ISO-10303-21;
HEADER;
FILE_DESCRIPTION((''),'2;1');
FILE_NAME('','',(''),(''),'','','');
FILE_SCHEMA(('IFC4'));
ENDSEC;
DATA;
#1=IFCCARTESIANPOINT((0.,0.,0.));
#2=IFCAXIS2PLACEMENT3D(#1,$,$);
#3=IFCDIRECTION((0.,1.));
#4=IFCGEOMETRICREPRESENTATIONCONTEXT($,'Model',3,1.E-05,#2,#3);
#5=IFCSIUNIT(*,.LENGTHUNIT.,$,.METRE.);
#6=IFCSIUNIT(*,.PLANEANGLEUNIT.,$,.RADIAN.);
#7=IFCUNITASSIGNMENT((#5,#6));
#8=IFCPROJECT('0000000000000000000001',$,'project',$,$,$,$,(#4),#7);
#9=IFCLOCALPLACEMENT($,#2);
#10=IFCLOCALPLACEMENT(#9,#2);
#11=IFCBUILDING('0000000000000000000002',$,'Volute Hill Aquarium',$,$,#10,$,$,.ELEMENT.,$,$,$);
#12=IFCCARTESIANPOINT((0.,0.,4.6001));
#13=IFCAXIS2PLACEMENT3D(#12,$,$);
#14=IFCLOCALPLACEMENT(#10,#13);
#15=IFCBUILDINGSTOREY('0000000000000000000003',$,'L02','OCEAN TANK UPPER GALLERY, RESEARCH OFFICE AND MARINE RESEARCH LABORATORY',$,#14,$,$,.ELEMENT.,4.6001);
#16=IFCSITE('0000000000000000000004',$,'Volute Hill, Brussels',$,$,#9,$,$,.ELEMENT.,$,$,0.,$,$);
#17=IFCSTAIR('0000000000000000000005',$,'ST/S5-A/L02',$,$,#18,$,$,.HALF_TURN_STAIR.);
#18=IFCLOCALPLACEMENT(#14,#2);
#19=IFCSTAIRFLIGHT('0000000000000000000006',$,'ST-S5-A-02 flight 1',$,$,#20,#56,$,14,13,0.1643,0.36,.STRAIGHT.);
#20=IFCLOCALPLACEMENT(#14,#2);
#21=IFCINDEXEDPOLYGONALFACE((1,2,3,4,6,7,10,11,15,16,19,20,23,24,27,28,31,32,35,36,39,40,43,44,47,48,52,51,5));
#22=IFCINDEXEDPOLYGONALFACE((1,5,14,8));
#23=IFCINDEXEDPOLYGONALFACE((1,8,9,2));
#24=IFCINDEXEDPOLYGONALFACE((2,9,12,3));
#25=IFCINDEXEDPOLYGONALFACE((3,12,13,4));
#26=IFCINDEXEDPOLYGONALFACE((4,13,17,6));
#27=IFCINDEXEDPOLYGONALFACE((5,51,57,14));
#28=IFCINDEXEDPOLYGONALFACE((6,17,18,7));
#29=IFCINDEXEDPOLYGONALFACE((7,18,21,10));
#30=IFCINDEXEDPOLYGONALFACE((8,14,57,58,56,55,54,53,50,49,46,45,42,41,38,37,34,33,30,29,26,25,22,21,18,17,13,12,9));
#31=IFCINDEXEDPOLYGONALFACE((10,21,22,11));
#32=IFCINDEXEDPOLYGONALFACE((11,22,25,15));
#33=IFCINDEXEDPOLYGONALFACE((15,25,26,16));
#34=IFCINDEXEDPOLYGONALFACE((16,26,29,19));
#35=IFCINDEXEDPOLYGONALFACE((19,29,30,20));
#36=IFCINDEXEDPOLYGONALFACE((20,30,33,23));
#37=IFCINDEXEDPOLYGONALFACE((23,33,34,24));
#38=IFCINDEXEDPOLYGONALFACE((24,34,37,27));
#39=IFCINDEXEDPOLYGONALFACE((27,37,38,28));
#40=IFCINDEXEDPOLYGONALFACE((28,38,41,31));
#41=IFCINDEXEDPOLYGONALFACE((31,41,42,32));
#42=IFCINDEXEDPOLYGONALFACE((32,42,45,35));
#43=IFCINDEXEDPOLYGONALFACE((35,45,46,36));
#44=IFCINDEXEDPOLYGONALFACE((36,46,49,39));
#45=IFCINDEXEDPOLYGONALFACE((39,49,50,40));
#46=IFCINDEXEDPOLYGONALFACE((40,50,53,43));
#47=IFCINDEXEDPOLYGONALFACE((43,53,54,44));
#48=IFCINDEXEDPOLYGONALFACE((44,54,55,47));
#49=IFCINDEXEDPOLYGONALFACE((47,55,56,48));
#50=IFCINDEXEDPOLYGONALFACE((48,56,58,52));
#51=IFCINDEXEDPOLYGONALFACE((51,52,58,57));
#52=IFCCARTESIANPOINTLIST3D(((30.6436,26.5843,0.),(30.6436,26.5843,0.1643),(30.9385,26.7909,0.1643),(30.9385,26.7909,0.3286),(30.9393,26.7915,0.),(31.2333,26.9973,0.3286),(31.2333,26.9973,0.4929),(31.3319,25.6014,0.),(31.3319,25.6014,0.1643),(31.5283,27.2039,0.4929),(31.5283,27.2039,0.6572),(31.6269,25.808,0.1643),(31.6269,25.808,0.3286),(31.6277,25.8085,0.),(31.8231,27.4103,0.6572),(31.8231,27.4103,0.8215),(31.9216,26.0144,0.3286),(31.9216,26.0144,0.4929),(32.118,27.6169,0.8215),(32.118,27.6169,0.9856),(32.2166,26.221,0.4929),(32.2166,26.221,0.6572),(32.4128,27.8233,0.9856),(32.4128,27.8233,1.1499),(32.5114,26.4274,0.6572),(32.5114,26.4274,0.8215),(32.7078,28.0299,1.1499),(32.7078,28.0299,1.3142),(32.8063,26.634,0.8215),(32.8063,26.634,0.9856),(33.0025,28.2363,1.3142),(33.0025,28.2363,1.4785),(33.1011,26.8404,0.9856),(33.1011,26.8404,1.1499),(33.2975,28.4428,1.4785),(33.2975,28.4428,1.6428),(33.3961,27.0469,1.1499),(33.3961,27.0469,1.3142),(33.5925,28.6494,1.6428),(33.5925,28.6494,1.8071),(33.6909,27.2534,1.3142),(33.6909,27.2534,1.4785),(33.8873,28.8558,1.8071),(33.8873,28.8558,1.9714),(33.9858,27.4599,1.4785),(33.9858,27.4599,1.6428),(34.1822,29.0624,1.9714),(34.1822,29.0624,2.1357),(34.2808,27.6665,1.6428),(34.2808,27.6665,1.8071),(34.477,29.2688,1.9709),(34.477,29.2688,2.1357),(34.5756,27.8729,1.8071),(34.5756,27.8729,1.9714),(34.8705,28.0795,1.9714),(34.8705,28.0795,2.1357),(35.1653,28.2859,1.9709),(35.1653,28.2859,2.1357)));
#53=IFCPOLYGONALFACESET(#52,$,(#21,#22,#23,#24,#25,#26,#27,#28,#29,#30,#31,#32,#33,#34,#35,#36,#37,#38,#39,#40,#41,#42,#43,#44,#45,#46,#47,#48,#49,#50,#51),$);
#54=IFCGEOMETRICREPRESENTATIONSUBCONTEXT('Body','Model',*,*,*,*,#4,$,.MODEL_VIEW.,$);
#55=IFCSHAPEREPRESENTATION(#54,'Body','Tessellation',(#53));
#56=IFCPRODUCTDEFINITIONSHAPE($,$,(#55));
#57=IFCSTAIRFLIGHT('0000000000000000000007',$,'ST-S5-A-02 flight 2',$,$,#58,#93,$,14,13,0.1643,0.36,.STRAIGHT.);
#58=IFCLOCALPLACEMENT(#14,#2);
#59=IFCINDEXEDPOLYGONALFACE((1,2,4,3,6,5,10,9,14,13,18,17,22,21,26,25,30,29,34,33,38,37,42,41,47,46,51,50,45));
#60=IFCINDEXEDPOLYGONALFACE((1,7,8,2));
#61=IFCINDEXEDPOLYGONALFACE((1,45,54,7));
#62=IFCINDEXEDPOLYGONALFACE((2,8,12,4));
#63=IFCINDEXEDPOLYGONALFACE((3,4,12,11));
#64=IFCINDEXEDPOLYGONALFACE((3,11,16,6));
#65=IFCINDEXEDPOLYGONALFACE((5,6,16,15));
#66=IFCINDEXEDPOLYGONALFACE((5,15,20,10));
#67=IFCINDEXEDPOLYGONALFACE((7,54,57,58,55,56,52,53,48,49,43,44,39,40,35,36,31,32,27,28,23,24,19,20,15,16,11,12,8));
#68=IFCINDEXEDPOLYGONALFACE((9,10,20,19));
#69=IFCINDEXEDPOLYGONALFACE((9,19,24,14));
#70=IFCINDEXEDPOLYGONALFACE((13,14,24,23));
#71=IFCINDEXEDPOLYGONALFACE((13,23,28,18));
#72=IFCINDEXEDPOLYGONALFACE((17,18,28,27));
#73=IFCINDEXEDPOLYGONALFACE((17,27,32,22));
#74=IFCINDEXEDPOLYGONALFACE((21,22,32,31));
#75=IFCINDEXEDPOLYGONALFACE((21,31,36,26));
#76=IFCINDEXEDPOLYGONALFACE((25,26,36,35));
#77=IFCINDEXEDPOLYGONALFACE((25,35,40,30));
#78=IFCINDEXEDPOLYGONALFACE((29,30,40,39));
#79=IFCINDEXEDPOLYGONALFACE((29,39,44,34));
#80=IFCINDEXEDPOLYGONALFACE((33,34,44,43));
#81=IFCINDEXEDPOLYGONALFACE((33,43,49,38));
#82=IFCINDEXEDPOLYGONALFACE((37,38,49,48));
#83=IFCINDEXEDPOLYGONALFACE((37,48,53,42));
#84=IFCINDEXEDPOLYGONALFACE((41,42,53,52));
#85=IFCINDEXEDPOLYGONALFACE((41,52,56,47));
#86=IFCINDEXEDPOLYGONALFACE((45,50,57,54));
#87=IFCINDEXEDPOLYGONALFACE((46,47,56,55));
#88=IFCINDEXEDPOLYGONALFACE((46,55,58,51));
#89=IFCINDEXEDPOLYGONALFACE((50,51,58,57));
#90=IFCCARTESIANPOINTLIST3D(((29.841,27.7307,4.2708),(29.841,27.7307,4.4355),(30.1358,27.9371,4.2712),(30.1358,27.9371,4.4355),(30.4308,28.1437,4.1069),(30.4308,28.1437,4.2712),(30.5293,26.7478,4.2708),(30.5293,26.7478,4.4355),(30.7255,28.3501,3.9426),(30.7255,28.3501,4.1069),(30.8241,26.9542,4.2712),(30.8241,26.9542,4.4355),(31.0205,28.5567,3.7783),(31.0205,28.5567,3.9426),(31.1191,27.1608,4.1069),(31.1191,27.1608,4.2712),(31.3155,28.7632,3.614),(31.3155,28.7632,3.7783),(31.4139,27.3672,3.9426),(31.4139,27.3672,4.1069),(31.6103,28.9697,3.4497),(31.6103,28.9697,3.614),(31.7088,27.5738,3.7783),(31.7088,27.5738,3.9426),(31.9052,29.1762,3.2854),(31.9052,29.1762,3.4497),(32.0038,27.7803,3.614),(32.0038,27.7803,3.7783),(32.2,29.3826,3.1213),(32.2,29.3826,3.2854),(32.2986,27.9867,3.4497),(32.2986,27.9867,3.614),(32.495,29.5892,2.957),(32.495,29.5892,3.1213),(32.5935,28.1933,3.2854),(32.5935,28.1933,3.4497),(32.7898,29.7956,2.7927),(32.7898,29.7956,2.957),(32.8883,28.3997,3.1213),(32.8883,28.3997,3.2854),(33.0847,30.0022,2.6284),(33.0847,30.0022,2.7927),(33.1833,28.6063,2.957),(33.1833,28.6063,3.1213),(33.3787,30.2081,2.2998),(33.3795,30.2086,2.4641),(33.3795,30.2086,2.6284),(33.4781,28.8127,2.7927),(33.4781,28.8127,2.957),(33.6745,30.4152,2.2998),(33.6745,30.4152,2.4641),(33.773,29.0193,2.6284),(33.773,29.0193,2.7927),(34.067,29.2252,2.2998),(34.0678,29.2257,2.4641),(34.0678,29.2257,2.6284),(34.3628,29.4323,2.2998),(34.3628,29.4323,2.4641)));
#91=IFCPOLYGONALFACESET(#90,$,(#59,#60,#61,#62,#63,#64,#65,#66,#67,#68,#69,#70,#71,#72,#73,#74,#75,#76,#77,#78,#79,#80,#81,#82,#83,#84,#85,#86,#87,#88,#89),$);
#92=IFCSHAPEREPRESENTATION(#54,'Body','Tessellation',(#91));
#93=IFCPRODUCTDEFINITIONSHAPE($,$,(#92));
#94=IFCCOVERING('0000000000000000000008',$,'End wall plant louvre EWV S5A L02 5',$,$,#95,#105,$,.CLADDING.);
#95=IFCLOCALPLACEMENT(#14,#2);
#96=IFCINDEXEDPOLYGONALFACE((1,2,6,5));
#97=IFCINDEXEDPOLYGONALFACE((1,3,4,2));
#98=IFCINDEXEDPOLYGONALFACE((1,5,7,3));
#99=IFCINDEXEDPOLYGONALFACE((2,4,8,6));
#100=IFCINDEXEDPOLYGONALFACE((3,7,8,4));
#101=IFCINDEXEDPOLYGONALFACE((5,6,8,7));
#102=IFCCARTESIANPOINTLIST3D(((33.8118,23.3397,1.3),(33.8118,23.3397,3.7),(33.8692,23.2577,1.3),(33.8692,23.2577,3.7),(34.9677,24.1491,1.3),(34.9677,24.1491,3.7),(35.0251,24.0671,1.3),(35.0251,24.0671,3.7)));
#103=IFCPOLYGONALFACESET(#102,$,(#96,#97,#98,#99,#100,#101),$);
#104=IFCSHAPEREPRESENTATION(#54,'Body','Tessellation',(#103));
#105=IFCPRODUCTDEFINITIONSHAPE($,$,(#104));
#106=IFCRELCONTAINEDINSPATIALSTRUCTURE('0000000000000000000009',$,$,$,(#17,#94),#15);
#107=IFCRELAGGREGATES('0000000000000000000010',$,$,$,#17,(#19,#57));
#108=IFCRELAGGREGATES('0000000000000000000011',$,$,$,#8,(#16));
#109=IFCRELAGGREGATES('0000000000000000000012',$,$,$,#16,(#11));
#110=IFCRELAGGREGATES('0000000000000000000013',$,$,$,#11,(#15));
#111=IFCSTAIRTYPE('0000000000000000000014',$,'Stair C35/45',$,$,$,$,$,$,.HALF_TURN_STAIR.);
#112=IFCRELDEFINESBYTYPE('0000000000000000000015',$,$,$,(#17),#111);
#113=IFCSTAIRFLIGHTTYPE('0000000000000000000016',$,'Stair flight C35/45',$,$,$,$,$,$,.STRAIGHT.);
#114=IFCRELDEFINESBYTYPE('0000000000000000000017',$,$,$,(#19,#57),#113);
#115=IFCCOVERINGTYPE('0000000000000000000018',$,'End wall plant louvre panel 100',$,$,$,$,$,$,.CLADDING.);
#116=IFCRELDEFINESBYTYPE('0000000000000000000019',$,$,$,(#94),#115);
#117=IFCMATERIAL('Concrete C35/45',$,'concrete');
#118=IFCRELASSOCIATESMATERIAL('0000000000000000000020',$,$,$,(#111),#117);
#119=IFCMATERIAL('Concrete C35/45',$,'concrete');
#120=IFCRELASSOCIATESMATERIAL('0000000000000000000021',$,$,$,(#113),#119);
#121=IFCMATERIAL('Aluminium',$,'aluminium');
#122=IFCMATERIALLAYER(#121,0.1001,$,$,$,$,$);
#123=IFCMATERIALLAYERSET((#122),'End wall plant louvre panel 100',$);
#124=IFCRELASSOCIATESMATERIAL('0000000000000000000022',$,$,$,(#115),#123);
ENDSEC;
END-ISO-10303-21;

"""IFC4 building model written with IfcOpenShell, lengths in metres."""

from ifc_helpers import new_model, si_unit, direction, frame, origin, origin_2d, place, context, subcontext, project, spatial, polyline, rectangle, outline, extrude, material, layer, layer_set, type_object, element, aggregate, save


model = new_model("IFC4")

# Units and contexts
model_context = context("Model", 3, precision=1e-05, world=origin(), true_north=direction((0.0, 1.0)))
body_context = subcontext(model_context, "Body", "Model", "MODEL_VIEW")
ifc_project = project(units=[si_unit("LENGTHUNIT", "METRE"), si_unit("PLANEANGLEUNIT", "RADIAN")], contexts=[model_context])

# Site, building, storey
site_placement = place(None, origin())
site = spatial("IfcSite", under=ifc_project, at=site_placement, Name="Volute Hill, Brussels", CompositionType="ELEMENT", RefElevation=0.0)
building_placement = place(site_placement, origin())
building = spatial("IfcBuilding", under=site, at=building_placement, Name="Volute Hill Aquarium", CompositionType="ELEMENT")
storey_placement = place(building_placement, frame((0.0, 0.0, 4.6001)))
storey = spatial("IfcBuildingStorey", under=building, at=storey_placement, Name="L02", Description="OCEAN TANK UPPER GALLERY, RESEARCH OFFICE AND MARINE RESEARCH LABORATORY", CompositionType="ELEMENT", Elevation=4.6001)

# Stair, stair flights
ifc_material_1 = material(Name="Concrete C35/45", Category="concrete")
stair_type = type_object("IfcStairType", Name="Stair C35/45", PredefinedType="HALF_TURN_STAIR", material=ifc_material_1)
stair_placement = place(storey_placement, origin())
stair = element("IfcStair", 1, at=stair_placement, inside=storey, type_object=stair_type, Name="ST/S5-A/L02", PredefinedType="HALF_TURN_STAIR")
ifc_material_2 = material(Name="Concrete C35/45", Category="concrete")
stair_flight_type = type_object("IfcStairFlightType", Name="Stair flight C35/45", PredefinedType="STRAIGHT", material=ifc_material_2)
stair_flight_1_placement = place(storey_placement, frame((30.9878, 26.0928, 0.0), z_axis=(0.0, 0.0, 1.0), x_axis=(0.819124, 0.573617, 0.0)))
stair_flight_1 = element("IfcStairFlight", 2, at=stair_flight_1_placement, type_object=stair_flight_type, Name="ST-S5-A-02 flight 1", NumberOfRisers=14, NumberOfTreads=13, PredefinedType="STRAIGHT", RiserHeight=0.1643, TreadLength=0.36, context=body_context, shape_type="SweptSolid", body=[
    extrude(outline(polyline([(0.0, 0.0), (0.0, 0.1643), (0.3601, 0.1643), (0.3601, 0.3286), (0.72, 0.3286), (0.72, 0.4929), (1.0801, 0.4929), (1.0801, 0.6572), (1.4399, 0.6572), (1.4399, 0.8215), (1.8, 0.8215), (1.8, 0.9856), (2.1599, 0.9856), (2.1599, 1.1499), (2.52, 1.1499), (2.52, 1.3142), (2.8799, 1.3142), (2.8799, 1.4785), (3.24, 1.4785), (3.24, 1.6428), (3.6001, 1.6428), (3.6001, 1.8071), (3.96, 1.8071), (3.96, 1.9714), (4.3201, 1.9714), (4.3201, 2.1357), (4.6799, 2.1357), (4.6799, 2.3), (4.6799, 1.9709), (0.3611, 0.0), (0.0, 0.0)])), frame((0.0, 0.6001, 0.0), z_axis=(0.0, -1.0, 0.0), x_axis=(1.0, 0.0, 0.0)), (0.0, 0.0, 1.0), 1.2),
])
stair_flight_2_placement = place(storey_placement, frame((34.0186, 29.9238, 2.2998), z_axis=(0.0, 0.0, 1.0), x_axis=(-0.819124, -0.573617, 0.0)))
stair_flight_2 = element("IfcStairFlight", 3, at=stair_flight_2_placement, type_object=stair_flight_type, Name="ST-S5-A-02 flight 2", NumberOfRisers=14, NumberOfTreads=13, PredefinedType="STRAIGHT", RiserHeight=0.1643, TreadLength=0.36, context=body_context, shape_type="SweptSolid", body=[
    extrude(outline(polyline([(0.0, 0.0), (0.0, 0.1643), (0.3601, 0.1643), (0.3601, 0.3286), (0.72, 0.3286), (0.72, 0.4929), (1.0801, 0.4929), (1.0801, 0.6572), (1.4399, 0.6572), (1.4399, 0.8215), (1.8, 0.8215), (1.8, 0.9856), (2.1599, 0.9856), (2.1599, 1.1499), (2.52, 1.1499), (2.52, 1.3142), (2.8799, 1.3142), (2.8799, 1.4785), (3.24, 1.4785), (3.24, 1.6428), (3.6001, 1.6428), (3.6001, 1.8071), (3.96, 1.8071), (3.96, 1.9714), (4.3201, 1.9714), (4.3201, 2.1357), (4.6799, 2.1357), (4.6799, 2.3), (4.6799, 1.9709), (0.3611, 0.0), (0.0, 0.0)])), frame((0.0, 0.6001, 0.0), z_axis=(0.0, -1.0, 0.0), x_axis=(1.0, 0.0, 0.0)), (0.0, 0.0, 1.0), 1.2),
])
aggregate(stair, [stair_flight_1, stair_flight_2])

# Covering
ifc_material_3 = material(Name="Aluminium", Category="aluminium")
ifc_layer_1 = layer(ifc_material_3, 0.1001)
ifc_layer_set_1 = layer_set([ifc_layer_1], Name="End wall plant louvre panel 100")
covering_type_1 = type_object("IfcCoveringType", Name="End wall plant louvre panel 100", PredefinedType="CLADDING", material=ifc_layer_set_1)
covering_1_placement = place(storey_placement, frame((34.4185, 23.7034, 1.3), z_axis=(0.0, 0.0, 1.0), x_axis=(0.819153, 0.573575, 0.0)))
element("IfcCovering", 4, at=covering_1_placement, inside=storey, type_object=covering_type_1, Name="End wall plant louvre EWV S5A L02 5", PredefinedType="CLADDING", context=body_context, shape_type="SweptSolid", body=[
    extrude(rectangle(XDim=1.4111, YDim=0.1001, at=origin_2d()), origin(), (0.0, 0.0, 1.0), 2.3999),
])

save(model, "model.ifc")
